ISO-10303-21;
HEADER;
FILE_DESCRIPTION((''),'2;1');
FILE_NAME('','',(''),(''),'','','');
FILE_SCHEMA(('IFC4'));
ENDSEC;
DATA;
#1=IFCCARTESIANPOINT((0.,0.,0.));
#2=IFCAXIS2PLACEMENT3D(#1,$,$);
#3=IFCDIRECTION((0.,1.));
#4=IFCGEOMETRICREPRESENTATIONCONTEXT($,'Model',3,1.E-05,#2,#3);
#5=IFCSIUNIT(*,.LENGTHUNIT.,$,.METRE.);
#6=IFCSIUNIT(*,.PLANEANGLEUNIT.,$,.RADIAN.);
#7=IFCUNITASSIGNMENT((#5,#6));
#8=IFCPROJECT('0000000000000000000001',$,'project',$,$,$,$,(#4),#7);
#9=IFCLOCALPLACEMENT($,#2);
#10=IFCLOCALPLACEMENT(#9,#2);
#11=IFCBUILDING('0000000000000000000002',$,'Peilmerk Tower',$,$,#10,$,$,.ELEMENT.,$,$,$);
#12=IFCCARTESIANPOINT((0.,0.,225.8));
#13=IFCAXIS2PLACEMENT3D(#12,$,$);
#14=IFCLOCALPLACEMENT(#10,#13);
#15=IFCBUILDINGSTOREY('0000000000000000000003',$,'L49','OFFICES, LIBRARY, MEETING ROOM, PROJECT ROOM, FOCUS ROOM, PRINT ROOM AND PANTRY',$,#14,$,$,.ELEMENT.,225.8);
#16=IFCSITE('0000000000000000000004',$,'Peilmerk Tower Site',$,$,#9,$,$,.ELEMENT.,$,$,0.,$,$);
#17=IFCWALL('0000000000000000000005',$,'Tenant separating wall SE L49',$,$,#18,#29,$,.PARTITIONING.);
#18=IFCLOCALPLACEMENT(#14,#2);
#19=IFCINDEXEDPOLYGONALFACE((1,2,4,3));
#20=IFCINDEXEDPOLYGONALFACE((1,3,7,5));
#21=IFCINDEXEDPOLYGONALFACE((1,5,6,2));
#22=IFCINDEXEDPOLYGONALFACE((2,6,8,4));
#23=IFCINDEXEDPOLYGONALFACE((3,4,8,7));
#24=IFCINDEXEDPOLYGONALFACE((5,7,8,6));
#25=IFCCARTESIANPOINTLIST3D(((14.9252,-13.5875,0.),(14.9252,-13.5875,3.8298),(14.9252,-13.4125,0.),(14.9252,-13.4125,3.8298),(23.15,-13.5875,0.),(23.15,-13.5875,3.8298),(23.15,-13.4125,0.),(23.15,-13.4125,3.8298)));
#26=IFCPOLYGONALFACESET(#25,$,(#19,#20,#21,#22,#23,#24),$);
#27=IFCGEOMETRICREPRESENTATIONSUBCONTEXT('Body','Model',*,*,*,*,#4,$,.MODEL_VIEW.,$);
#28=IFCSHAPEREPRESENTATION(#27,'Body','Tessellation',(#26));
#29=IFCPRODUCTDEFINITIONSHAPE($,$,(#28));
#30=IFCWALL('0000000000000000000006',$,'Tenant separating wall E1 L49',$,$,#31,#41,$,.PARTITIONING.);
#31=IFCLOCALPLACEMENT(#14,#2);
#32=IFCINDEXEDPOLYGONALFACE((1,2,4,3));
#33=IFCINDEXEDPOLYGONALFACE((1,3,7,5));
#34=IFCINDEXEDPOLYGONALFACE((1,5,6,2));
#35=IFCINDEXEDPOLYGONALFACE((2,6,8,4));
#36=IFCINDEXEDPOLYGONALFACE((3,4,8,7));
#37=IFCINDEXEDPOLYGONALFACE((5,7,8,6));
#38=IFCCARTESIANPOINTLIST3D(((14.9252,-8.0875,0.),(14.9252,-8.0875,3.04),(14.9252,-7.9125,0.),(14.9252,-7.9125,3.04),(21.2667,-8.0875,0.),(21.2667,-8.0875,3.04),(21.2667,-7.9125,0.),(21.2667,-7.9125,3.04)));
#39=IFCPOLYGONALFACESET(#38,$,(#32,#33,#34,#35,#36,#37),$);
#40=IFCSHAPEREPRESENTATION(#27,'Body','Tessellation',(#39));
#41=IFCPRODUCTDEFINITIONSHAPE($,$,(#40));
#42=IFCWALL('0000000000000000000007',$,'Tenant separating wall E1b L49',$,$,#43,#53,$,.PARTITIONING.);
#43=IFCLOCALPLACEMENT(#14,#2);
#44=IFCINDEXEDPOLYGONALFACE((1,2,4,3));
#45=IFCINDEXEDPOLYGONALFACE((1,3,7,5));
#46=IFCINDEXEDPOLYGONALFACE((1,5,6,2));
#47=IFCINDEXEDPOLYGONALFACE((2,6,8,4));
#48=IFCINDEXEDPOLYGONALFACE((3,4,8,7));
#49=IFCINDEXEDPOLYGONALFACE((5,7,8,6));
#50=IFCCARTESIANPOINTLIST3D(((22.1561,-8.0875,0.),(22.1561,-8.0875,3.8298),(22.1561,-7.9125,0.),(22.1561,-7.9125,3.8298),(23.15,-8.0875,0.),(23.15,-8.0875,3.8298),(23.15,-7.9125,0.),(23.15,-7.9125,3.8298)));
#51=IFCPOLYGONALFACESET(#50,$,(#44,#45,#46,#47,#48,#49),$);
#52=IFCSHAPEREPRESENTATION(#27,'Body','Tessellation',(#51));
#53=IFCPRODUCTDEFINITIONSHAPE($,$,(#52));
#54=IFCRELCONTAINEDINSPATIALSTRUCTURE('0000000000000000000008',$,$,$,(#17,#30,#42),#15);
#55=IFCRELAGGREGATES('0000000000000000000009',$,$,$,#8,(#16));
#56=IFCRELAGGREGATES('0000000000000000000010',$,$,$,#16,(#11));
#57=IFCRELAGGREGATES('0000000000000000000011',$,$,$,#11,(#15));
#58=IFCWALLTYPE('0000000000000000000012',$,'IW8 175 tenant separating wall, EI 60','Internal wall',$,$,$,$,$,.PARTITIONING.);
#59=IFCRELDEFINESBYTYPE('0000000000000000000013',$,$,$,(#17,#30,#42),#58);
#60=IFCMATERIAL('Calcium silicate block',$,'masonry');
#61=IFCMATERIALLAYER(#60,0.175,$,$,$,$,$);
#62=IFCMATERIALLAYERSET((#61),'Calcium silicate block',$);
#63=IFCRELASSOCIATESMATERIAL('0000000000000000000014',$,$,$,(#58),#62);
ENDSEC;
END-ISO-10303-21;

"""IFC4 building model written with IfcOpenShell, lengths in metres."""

from ifc_helpers import new_model, si_unit, direction, frame, frame_2d, origin, place, context, subcontext, project, spatial, rectangle, extrude, material, layer, layer_set, type_object, element, save


model = new_model("IFC4")

# Units and contexts
model_context = context("Model", 3, precision=1e-05, world=origin(), true_north=direction((0.0, 1.0)))
body_context = subcontext(model_context, "Body", "Model", "MODEL_VIEW")
ifc_project = project(units=[si_unit("LENGTHUNIT", "METRE"), si_unit("PLANEANGLEUNIT", "RADIAN")], contexts=[model_context])

# Site, building, storey
site_placement = place(None, origin())
site = spatial("IfcSite", under=ifc_project, at=site_placement, Name="Peilmerk Tower Site", CompositionType="ELEMENT", RefElevation=0.0)
building_placement = place(site_placement, origin())
building = spatial("IfcBuilding", under=site, at=building_placement, Name="Peilmerk Tower", CompositionType="ELEMENT")
storey_placement = place(building_placement, frame((0.0, 0.0, 225.8)))
storey = spatial("IfcBuildingStorey", under=building, at=storey_placement, Name="L49", Description="OFFICES, LIBRARY, MEETING ROOM, PROJECT ROOM, FOCUS ROOM, PRINT ROOM AND PANTRY", CompositionType="ELEMENT", Elevation=225.8)

# Shared definitions
ifc_material_1 = material(Name="Calcium silicate block", Category="masonry")

# Walls
ifc_layer_1 = layer(ifc_material_1, 0.175)
ifc_layer_set_1 = layer_set([ifc_layer_1], Name="Calcium silicate block")
wall_type_1 = type_object("IfcWallType", Name="IW8 175 tenant separating wall, EI 60", Description="Internal wall", PredefinedType="PARTITIONING", material=ifc_layer_set_1)
wall_1_placement = place(storey_placement, frame((23.1499, -13.5, 0.0), z_axis=(0.0, 0.0, 1.0), x_axis=(-1.0, 0.0, 0.0)))
element("IfcWall", 1, at=wall_1_placement, inside=storey, type_object=wall_type_1, Name="Tenant separating wall SE L49", PredefinedType="PARTITIONING", context=body_context, shape_type="SweptSolid", body=[
    extrude(rectangle(XDim=8.2249, YDim=0.175, at=frame_2d((4.1123, 0.0))), origin(), (0.0, 0.0, 1.0), 3.8298),
])
wall_2_placement = place(storey_placement, frame((14.925, -8.0, 0.0), z_axis=(0.0, 0.0, 1.0), x_axis=(1.0, 0.0, 0.0)))
element("IfcWall", 2, at=wall_2_placement, inside=storey, type_object=wall_type_1, Name="Tenant separating wall E1 L49", PredefinedType="PARTITIONING", context=body_context, shape_type="SweptSolid", body=[
    extrude(rectangle(XDim=6.3416, YDim=0.175, at=frame_2d((3.1709, 0.0))), origin(), (0.0, 0.0, 1.0), 3.04),
])
wall_3_placement = place(storey_placement, frame((22.156, -8.0, 0.0), z_axis=(0.0, 0.0, 1.0), x_axis=(1.0, 0.0, 0.0)))
element("IfcWall", 3, at=wall_3_placement, inside=storey, type_object=wall_type_1, Name="Tenant separating wall E1b L49", PredefinedType="PARTITIONING", context=body_context, shape_type="SweptSolid", body=[
    extrude(rectangle(XDim=0.9939, YDim=0.175, at=frame_2d((0.4971, 0.0))), origin(), (0.0, 0.0, 1.0), 3.8298),
])

save(model, "model.ifc")
